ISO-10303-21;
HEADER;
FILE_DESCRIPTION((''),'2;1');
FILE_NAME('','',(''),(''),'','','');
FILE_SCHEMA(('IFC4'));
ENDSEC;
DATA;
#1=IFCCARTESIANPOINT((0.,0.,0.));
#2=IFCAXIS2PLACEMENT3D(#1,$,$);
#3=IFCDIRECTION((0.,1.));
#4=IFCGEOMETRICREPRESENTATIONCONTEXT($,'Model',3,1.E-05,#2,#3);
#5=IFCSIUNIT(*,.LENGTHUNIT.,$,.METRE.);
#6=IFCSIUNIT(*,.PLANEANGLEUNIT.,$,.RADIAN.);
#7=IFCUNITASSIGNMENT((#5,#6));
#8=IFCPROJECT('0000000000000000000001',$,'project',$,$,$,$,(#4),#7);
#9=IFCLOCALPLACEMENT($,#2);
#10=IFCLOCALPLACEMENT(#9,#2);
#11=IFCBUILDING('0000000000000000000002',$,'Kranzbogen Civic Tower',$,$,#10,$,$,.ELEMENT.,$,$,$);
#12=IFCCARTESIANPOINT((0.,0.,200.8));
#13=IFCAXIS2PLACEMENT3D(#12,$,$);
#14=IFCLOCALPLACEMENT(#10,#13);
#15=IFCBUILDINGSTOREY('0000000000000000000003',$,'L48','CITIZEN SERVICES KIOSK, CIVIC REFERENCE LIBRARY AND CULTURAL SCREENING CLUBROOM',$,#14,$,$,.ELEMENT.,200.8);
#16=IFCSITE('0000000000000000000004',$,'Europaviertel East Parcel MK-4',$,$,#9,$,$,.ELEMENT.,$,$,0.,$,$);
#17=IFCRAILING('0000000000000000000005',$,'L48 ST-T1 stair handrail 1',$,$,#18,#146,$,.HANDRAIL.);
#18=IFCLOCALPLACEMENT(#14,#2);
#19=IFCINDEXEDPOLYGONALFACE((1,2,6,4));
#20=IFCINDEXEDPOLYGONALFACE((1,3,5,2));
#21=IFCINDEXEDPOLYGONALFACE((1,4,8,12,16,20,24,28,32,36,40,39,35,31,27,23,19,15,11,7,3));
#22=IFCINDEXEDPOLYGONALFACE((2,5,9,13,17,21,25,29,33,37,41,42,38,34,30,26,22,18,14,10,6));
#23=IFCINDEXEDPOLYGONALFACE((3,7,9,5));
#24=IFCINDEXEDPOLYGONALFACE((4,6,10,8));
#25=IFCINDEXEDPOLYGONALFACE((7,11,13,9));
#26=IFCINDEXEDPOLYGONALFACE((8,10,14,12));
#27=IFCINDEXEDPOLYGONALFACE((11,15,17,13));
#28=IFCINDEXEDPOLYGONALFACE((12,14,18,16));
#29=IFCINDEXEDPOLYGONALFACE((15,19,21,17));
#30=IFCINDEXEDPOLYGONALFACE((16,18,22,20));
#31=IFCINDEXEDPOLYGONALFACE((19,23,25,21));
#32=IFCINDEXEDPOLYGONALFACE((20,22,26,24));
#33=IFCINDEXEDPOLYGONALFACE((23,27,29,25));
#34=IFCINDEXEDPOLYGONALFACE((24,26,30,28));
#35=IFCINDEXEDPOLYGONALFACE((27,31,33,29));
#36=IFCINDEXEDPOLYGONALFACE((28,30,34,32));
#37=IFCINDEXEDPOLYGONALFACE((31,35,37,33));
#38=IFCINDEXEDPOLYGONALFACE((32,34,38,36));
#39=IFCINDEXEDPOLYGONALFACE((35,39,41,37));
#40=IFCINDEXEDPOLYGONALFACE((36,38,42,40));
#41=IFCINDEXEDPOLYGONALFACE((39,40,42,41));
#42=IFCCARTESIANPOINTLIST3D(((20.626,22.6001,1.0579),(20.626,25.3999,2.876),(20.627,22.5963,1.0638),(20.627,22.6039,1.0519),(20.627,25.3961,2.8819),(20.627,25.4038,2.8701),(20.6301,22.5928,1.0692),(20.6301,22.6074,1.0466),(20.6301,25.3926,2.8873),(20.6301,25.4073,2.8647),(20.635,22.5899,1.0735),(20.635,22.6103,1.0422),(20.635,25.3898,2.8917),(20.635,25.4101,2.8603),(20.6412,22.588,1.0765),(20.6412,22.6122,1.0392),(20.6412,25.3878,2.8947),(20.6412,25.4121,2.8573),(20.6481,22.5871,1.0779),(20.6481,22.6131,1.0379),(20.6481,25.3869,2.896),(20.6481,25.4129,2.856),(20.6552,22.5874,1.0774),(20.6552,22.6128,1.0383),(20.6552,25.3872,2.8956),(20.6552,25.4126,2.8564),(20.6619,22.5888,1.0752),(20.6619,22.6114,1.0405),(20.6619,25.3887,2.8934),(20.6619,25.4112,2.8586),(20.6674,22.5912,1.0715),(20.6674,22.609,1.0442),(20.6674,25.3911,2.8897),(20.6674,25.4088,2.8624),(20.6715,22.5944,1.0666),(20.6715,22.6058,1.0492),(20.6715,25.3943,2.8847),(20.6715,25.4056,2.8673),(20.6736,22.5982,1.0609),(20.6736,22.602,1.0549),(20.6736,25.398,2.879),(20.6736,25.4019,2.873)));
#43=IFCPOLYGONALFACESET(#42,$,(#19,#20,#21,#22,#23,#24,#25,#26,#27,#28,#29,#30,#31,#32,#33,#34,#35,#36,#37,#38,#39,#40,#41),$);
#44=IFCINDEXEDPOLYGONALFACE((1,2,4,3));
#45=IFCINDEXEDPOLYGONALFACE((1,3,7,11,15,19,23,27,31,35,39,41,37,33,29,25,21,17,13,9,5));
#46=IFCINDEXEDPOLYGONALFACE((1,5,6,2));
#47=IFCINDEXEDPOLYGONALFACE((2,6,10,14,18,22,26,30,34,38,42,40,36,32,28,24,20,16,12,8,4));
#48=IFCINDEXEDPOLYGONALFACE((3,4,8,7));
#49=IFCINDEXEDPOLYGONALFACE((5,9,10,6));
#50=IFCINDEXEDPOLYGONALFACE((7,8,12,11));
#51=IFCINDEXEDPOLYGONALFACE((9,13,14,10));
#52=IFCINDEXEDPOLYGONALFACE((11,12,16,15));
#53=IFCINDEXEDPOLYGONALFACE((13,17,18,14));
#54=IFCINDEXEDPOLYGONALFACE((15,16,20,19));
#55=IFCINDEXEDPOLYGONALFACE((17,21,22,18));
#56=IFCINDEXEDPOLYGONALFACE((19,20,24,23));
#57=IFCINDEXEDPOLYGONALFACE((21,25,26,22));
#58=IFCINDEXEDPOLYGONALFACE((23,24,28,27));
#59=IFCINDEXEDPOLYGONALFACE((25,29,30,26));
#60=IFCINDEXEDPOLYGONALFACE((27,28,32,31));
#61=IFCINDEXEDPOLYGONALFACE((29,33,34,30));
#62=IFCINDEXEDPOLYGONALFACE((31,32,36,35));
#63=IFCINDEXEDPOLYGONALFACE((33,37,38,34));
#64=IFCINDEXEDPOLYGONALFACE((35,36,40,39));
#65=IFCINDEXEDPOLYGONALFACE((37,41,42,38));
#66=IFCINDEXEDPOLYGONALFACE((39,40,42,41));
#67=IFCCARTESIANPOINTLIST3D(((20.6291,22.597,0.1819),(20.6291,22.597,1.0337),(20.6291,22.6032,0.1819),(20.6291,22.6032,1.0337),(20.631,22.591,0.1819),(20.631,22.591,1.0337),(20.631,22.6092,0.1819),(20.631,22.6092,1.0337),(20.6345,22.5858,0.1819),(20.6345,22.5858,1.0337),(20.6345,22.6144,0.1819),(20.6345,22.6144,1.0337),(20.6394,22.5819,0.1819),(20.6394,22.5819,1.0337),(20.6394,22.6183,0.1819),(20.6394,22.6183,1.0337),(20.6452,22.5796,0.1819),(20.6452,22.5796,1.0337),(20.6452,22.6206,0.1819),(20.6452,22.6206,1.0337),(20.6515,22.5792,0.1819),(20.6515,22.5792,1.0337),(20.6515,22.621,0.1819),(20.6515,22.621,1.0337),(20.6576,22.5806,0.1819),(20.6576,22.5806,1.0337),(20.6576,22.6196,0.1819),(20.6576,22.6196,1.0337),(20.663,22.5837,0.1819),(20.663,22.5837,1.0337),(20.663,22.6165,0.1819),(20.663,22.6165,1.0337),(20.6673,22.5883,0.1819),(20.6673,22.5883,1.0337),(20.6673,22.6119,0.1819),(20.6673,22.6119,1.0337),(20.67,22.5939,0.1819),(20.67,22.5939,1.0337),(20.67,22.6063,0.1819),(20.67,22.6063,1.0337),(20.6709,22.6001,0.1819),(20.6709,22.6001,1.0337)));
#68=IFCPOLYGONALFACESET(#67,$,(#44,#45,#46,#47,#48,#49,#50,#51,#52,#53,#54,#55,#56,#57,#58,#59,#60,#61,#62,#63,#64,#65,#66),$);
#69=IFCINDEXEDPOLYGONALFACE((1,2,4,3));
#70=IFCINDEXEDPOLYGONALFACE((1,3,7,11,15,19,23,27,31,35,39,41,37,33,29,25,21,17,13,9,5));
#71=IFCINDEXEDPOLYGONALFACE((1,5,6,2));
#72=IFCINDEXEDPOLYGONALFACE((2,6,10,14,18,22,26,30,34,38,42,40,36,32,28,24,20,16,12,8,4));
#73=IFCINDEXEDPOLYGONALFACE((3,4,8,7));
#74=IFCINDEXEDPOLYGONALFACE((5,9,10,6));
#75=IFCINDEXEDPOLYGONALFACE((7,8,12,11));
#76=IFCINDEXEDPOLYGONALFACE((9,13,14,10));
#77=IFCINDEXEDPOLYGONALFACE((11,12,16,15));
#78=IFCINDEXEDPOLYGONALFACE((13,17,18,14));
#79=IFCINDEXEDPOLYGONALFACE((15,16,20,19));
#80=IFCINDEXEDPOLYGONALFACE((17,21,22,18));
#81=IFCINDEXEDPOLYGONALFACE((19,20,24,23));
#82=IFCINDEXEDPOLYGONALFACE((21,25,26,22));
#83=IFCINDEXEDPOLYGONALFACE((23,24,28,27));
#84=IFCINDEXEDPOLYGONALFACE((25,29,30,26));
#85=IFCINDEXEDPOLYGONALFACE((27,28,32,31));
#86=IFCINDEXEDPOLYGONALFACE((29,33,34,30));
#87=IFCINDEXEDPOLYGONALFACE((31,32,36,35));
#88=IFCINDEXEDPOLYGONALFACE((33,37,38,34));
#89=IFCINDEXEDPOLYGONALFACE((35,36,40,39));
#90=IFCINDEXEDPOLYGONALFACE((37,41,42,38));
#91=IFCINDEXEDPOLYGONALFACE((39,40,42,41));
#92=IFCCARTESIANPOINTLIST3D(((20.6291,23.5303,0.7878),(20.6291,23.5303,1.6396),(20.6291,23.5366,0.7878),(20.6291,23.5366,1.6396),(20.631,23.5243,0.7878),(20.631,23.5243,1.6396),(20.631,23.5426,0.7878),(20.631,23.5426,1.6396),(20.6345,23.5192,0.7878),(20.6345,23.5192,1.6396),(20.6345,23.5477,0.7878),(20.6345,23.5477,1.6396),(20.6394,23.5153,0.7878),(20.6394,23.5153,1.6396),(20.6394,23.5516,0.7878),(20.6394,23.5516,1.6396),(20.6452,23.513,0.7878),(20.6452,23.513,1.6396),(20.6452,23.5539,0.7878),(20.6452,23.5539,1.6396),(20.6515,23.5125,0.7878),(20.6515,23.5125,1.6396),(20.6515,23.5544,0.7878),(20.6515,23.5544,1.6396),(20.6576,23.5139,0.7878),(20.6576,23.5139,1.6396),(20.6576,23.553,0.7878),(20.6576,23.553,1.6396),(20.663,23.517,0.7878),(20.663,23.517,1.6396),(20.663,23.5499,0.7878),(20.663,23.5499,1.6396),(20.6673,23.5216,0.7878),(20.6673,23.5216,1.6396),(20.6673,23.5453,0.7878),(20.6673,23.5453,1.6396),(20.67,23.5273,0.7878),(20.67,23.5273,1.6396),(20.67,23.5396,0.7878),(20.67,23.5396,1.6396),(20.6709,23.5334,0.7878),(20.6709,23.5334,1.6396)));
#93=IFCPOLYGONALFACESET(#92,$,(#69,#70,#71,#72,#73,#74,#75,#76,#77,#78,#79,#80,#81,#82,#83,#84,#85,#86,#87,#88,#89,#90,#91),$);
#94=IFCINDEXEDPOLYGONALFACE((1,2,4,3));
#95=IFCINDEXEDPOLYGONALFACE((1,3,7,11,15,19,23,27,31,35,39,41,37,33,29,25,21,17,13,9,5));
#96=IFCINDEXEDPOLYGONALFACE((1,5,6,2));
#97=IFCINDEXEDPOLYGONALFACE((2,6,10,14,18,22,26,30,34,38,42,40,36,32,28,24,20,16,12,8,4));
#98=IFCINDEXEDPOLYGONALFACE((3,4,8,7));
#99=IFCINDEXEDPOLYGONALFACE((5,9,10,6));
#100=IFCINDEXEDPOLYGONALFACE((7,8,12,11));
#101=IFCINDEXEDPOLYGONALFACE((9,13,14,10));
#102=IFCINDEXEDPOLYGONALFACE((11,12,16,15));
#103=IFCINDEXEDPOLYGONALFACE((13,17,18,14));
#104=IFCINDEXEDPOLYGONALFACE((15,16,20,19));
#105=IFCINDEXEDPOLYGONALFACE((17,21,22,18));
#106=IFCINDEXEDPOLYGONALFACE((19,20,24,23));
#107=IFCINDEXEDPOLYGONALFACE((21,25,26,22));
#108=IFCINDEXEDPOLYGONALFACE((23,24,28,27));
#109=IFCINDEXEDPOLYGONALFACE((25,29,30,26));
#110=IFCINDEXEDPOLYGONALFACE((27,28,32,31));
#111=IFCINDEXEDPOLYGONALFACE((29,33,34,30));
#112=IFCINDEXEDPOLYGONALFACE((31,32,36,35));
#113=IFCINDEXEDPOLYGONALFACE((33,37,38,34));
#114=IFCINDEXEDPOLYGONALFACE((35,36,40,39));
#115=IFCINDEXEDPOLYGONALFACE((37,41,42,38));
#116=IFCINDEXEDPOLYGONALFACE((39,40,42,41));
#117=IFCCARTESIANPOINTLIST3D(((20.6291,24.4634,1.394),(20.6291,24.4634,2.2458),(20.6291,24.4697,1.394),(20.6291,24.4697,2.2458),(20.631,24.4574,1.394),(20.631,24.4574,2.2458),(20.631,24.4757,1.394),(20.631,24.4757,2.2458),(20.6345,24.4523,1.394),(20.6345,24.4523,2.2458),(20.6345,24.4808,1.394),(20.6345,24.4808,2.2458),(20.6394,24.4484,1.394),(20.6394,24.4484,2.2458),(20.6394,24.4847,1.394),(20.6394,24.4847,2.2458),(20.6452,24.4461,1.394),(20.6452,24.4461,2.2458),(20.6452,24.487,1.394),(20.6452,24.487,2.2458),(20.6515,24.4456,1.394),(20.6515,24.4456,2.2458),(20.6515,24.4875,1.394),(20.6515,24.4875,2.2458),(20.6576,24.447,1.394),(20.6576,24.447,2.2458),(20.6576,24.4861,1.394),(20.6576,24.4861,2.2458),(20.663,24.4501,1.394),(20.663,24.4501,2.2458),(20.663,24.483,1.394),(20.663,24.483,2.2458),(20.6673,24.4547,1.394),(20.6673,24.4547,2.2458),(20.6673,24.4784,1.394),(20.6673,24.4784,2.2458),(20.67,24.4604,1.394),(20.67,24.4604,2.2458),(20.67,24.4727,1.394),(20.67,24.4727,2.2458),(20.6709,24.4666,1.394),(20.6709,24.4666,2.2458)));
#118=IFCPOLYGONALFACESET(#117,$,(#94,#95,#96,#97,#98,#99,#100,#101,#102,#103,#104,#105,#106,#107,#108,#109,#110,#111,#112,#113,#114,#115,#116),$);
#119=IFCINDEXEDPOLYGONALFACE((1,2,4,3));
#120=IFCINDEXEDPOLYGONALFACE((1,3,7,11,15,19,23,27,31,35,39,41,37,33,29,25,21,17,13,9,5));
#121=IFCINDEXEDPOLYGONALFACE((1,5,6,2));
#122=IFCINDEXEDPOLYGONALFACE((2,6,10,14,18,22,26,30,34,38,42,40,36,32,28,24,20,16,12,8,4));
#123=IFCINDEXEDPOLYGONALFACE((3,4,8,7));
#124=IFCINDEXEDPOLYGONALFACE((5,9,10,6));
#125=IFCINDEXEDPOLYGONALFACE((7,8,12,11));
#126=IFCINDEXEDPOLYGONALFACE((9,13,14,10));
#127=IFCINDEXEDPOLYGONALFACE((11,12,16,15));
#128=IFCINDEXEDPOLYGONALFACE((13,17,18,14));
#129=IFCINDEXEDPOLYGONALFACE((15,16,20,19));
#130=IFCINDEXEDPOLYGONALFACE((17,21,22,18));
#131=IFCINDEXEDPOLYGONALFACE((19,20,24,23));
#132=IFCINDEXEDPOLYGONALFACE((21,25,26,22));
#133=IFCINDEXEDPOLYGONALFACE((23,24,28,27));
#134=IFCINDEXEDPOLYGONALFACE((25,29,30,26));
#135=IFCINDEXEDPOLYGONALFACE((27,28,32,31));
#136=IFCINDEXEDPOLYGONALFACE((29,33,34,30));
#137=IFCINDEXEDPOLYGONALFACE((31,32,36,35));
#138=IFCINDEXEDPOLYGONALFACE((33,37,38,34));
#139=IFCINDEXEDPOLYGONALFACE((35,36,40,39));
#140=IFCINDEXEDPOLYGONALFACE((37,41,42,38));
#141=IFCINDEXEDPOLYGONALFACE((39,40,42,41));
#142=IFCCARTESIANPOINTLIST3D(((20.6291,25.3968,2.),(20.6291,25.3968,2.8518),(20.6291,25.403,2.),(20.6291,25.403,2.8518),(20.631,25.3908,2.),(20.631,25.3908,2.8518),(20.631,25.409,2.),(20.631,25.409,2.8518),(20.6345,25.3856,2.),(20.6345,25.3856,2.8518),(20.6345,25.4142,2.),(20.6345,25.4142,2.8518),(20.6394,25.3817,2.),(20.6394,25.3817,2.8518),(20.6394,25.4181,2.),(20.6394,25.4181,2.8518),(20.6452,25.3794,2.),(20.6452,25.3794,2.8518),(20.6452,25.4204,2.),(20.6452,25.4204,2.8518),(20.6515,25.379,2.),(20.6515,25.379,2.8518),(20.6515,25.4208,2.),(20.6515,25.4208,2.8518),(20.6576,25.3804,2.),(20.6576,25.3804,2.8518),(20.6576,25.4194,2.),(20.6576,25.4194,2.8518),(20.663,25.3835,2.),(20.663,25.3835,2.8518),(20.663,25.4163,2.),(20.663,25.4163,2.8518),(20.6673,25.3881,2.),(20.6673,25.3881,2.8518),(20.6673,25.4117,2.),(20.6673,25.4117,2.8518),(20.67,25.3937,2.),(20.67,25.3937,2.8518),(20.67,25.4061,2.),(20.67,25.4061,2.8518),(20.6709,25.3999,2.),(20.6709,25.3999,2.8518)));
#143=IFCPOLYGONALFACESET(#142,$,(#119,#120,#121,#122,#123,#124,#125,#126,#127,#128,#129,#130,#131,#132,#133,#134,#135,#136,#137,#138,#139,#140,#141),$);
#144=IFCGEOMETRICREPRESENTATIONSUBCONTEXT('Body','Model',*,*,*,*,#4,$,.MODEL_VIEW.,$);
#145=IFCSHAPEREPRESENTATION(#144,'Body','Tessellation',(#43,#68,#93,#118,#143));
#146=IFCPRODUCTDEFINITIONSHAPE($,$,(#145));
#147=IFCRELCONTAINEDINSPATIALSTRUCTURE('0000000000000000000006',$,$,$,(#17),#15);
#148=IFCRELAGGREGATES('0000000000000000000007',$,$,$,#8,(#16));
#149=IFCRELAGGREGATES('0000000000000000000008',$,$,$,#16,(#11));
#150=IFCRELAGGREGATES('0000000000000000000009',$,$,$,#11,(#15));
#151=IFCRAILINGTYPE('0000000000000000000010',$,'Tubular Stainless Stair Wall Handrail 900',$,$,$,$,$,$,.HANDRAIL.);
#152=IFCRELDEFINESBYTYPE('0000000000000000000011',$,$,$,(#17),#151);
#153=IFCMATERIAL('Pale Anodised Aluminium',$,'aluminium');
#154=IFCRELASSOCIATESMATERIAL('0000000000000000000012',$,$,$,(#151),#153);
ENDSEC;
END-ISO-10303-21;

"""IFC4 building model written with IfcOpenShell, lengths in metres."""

from ifc_helpers import new_model, si_unit, direction, frame, origin, origin_2d, place, context, subcontext, project, spatial, circle, extrude, material, type_object, element, save


model = new_model("IFC4")

# Units and contexts
model_context = context("Model", 3, precision=1e-05, world=origin(), true_north=direction((0.0, 1.0)))
body_context = subcontext(model_context, "Body", "Model", "MODEL_VIEW")
ifc_project = project(units=[si_unit("LENGTHUNIT", "METRE"), si_unit("PLANEANGLEUNIT", "RADIAN")], contexts=[model_context])

# Site, building, storey
site_placement = place(None, origin())
site = spatial("IfcSite", under=ifc_project, at=site_placement, Name="Europaviertel East Parcel MK-4", CompositionType="ELEMENT", RefElevation=0.0)
building_placement = place(site_placement, origin())
building = spatial("IfcBuilding", under=site, at=building_placement, Name="Kranzbogen Civic Tower", CompositionType="ELEMENT")
storey_placement = place(building_placement, frame((0.0, 0.0, 200.8)))
storey = spatial("IfcBuildingStorey", under=building, at=storey_placement, Name="L48", Description="CITIZEN SERVICES KIOSK, CIVIC REFERENCE LIBRARY AND CULTURAL SCREENING CLUBROOM", CompositionType="ELEMENT", Elevation=200.8)

# Shared definitions
ifc_material_1 = material(Name="Pale Anodised Aluminium", Category="aluminium")

# Railing
railing_type_1 = type_object("IfcRailingType", Name="Tubular Stainless Stair Wall Handrail 900", PredefinedType="HANDRAIL", material=ifc_material_1)
railing_1_placement = place(storey_placement, frame((20.6499, 22.6001, 0.1819)))
element("IfcRailing", 1, at=railing_1_placement, inside=storey, type_object=railing_type_1, Name="L48 ST-T1 stair handrail 1", PredefinedType="HANDRAIL", context=body_context, shape_type="SweptSolid", body=[
    extrude(circle(Radius=0.0239, at=origin_2d()), frame((0.0, 0.0, 0.876), z_axis=(0.0, 0.838684, 0.544618), x_axis=(-1.0, 0.0, 0.0)), (0.0, 0.0, 1.0), 3.3384),
    extrude(circle(Radius=0.021, at=origin_2d()), origin(), (0.0, 0.0, 1.0), 0.8518),
    extrude(circle(Radius=0.021, at=origin_2d()), frame((0.0, 0.9333, 0.606)), (0.0, 0.0, 1.0), 0.8518),
    extrude(circle(Radius=0.021, at=origin_2d()), frame((0.0, 1.8665, 1.2122)), (0.0, 0.0, 1.0), 0.8518),
    extrude(circle(Radius=0.021, at=origin_2d()), frame((0.0, 2.7998, 1.8181)), (0.0, 0.0, 1.0), 0.8518),
])

save(model, "model.ifc")
